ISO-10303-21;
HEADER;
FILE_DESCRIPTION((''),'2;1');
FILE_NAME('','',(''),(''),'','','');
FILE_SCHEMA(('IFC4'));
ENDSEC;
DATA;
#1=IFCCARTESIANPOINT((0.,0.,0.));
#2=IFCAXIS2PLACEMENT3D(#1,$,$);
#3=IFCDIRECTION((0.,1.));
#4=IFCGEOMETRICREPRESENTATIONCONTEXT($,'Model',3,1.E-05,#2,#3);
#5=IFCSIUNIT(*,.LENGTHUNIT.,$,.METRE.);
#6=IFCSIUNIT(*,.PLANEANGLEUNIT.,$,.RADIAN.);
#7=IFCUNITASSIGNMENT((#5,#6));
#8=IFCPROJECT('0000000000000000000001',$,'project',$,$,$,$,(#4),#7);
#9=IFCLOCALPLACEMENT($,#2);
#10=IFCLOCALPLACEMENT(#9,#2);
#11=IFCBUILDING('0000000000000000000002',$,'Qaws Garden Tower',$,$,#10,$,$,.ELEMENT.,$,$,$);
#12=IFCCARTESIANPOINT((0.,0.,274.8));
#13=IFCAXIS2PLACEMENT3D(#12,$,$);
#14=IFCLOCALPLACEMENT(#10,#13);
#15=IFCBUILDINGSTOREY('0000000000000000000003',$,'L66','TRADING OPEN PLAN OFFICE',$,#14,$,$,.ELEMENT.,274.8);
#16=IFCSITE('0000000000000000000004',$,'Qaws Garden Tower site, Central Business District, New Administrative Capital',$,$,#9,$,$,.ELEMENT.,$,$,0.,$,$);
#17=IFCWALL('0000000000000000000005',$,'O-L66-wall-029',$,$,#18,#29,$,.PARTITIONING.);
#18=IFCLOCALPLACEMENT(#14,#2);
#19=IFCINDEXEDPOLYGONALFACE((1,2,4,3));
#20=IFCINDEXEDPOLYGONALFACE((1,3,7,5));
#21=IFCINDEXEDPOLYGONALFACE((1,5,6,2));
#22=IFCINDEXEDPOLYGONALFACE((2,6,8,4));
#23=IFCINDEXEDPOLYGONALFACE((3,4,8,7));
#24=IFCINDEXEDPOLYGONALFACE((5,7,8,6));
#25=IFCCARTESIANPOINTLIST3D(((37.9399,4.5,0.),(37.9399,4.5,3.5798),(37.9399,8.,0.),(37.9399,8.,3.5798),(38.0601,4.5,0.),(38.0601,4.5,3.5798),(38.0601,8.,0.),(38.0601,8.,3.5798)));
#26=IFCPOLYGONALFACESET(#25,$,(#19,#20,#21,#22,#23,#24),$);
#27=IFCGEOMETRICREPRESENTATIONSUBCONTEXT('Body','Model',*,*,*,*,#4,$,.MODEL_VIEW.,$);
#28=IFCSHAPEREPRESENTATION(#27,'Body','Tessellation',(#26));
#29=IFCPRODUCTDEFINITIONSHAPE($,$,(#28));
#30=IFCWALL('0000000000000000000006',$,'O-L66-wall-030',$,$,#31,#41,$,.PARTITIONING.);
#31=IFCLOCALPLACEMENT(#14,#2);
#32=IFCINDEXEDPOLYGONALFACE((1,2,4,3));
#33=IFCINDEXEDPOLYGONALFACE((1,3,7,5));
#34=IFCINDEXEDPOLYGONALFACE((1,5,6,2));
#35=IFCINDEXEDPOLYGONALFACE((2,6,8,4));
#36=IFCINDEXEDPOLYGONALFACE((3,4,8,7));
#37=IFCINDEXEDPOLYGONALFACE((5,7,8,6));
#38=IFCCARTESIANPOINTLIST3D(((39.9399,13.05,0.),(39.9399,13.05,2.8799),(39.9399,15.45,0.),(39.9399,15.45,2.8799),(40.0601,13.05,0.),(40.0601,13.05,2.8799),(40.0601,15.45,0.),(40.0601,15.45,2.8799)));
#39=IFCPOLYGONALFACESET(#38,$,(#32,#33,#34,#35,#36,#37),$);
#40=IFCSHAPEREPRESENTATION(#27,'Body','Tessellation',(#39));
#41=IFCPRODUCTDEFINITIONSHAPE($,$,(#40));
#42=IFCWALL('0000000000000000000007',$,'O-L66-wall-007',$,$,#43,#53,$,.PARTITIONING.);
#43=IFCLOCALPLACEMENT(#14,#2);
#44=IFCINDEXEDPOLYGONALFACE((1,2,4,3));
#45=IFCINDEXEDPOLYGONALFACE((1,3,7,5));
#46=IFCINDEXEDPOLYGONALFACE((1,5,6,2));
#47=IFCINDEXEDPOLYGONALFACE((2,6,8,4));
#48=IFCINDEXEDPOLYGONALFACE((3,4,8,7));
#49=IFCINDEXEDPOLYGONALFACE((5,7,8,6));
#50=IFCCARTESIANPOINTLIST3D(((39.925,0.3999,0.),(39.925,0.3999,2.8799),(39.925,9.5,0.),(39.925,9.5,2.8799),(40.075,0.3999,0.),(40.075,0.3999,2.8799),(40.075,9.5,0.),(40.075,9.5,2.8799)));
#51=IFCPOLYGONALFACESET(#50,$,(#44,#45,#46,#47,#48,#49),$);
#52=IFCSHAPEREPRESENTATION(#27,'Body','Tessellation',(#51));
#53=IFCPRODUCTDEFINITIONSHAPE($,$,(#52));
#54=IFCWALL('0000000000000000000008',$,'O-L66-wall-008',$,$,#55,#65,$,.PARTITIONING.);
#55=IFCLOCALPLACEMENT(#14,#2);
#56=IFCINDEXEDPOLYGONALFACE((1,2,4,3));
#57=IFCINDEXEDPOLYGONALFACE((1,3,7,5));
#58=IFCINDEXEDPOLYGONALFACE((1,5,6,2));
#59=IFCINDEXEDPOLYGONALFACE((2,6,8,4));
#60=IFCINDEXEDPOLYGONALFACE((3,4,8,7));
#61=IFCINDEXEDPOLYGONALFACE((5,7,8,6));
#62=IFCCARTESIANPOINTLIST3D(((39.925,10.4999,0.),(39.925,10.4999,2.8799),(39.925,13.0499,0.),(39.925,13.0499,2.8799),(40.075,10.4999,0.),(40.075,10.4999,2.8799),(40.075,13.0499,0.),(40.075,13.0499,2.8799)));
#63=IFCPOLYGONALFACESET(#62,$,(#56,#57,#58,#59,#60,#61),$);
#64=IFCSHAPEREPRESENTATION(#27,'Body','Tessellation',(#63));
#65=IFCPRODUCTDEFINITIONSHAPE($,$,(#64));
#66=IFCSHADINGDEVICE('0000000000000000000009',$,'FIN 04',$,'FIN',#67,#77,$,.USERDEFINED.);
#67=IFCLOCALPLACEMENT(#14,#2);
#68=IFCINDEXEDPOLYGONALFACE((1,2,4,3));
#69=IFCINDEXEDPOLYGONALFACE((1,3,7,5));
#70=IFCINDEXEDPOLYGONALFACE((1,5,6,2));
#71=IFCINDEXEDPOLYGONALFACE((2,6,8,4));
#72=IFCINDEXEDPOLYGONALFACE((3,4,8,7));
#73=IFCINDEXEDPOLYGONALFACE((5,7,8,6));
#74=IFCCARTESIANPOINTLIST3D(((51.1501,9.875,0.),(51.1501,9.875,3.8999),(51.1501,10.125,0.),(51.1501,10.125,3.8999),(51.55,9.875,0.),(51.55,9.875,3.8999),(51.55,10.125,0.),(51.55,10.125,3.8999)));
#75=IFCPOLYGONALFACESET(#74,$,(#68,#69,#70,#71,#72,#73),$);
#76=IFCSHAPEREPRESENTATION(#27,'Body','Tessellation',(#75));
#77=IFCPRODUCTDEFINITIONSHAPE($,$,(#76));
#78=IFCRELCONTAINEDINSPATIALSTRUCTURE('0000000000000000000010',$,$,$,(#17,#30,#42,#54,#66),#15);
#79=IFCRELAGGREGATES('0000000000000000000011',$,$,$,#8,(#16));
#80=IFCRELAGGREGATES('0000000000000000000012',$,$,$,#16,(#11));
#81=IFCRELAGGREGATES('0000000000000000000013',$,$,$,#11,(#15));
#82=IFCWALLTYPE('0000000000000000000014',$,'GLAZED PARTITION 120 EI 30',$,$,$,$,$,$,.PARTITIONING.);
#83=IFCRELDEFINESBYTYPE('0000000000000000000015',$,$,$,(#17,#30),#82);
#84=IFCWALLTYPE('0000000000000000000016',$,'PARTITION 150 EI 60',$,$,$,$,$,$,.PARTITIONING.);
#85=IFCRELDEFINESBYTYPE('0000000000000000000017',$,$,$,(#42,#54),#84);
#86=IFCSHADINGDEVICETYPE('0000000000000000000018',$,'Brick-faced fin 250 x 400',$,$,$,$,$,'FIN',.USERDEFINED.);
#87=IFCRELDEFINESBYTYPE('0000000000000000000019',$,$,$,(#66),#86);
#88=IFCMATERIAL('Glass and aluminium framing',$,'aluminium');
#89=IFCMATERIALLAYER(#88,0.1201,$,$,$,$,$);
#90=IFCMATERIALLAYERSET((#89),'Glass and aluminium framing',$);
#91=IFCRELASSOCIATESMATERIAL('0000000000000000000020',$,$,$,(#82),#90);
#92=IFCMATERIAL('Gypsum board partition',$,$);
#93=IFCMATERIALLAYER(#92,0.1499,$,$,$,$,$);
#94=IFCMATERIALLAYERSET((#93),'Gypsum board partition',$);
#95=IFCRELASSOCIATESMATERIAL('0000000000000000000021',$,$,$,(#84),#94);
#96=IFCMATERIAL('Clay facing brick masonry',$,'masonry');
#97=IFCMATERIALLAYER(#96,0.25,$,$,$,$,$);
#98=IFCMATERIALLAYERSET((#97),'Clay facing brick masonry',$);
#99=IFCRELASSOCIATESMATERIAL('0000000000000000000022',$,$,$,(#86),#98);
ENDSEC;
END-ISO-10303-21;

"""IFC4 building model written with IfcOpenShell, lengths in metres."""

from ifc_helpers import new_model, si_unit, direction, frame, frame_2d, origin, origin_2d, place, context, subcontext, project, spatial, rectangle, extrude, material, layer, layer_set, type_object, element, save


model = new_model("IFC4")

# Units and contexts
model_context = context("Model", 3, precision=1e-05, world=origin(), true_north=direction((0.0, 1.0)))
body_context = subcontext(model_context, "Body", "Model", "MODEL_VIEW")
ifc_project = project(units=[si_unit("LENGTHUNIT", "METRE"), si_unit("PLANEANGLEUNIT", "RADIAN")], contexts=[model_context])

# Site, building, storey
site_placement = place(None, origin())
site = spatial("IfcSite", under=ifc_project, at=site_placement, Name="Qaws Garden Tower site, Central Business District, New Administrative Capital", CompositionType="ELEMENT", RefElevation=0.0)
building_placement = place(site_placement, origin())
building = spatial("IfcBuilding", under=site, at=building_placement, Name="Qaws Garden Tower", CompositionType="ELEMENT")
storey_placement = place(building_placement, frame((0.0, 0.0, 274.8)))
storey = spatial("IfcBuildingStorey", under=building, at=storey_placement, Name="L66", Description="TRADING OPEN PLAN OFFICE", CompositionType="ELEMENT", Elevation=274.8)

# Walls
ifc_material_1 = material(Name="Glass and aluminium framing", Category="aluminium")
ifc_layer_1 = layer(ifc_material_1, 0.1201)
ifc_layer_set_1 = layer_set([ifc_layer_1], Name="Glass and aluminium framing")
wall_type_1 = type_object("IfcWallType", Name="GLAZED PARTITION 120 EI 30", PredefinedType="PARTITIONING", material=ifc_layer_set_1)
wall_1_placement = place(storey_placement, frame((38.0, 4.5, 0.0), z_axis=(0.0, 0.0, 1.0), x_axis=(0.0, 1.0, 0.0)))
element("IfcWall", 1, at=wall_1_placement, inside=storey, type_object=wall_type_1, Name="O-L66-wall-029", PredefinedType="PARTITIONING", context=body_context, shape_type="SweptSolid", body=[
    extrude(rectangle(XDim=3.5, YDim=0.1201, at=frame_2d((1.75, 0.0))), origin(), (0.0, 0.0, 1.0), 3.5798),
])
wall_2_placement = place(storey_placement, frame((40.0, 13.05, 0.0), z_axis=(0.0, 0.0, 1.0), x_axis=(0.0, 1.0, 0.0)))
element("IfcWall", 2, at=wall_2_placement, inside=storey, type_object=wall_type_1, Name="O-L66-wall-030", PredefinedType="PARTITIONING", context=body_context, shape_type="SweptSolid", body=[
    extrude(rectangle(XDim=2.3999, YDim=0.1201, at=frame_2d((1.2, 0.0))), origin(), (0.0, 0.0, 1.0), 2.8799),
])
ifc_material_2 = material(Name="Gypsum board partition")
ifc_layer_2 = layer(ifc_material_2, 0.1499)
ifc_layer_set_2 = layer_set([ifc_layer_2], Name="Gypsum board partition")
wall_type_2 = type_object("IfcWallType", Name="PARTITION 150 EI 60", PredefinedType="PARTITIONING", material=ifc_layer_set_2)
wall_3_placement = place(storey_placement, frame((40.0, 0.3999, 0.0), z_axis=(0.0, 0.0, 1.0), x_axis=(0.0, 1.0, 0.0)))
element("IfcWall", 3, at=wall_3_placement, inside=storey, type_object=wall_type_2, Name="O-L66-wall-007", PredefinedType="PARTITIONING", context=body_context, shape_type="SweptSolid", body=[
    extrude(rectangle(XDim=9.1001, YDim=0.1499, at=frame_2d((4.55, 0.0))), origin(), (0.0, 0.0, 1.0), 2.8799),
])
wall_4_placement = place(storey_placement, frame((40.0, 10.5, 0.0), z_axis=(0.0, 0.0, 1.0), x_axis=(0.0, 1.0, 0.0)))
element("IfcWall", 4, at=wall_4_placement, inside=storey, type_object=wall_type_2, Name="O-L66-wall-008", PredefinedType="PARTITIONING", context=body_context, shape_type="SweptSolid", body=[
    extrude(rectangle(XDim=2.55, YDim=0.1499, at=frame_2d((1.2749, 0.0))), origin(), (0.0, 0.0, 1.0), 2.8799),
])

# Shading device
ifc_material_3 = material(Name="Clay facing brick masonry", Category="masonry")
ifc_layer_3 = layer(ifc_material_3, 0.25)
ifc_layer_set_3 = layer_set([ifc_layer_3], Name="Clay facing brick masonry")
shading_device_type = type_object("IfcShadingDeviceType", Name="Brick-faced fin 250 x 400", ElementType="FIN", PredefinedType="USERDEFINED", material=ifc_layer_set_3)
shading_device_placement = place(storey_placement, frame((51.3501, 10.0, 0.0), z_axis=(0.0, 0.0, 1.0), x_axis=(0.0, 1.0, 0.0)))
element("IfcShadingDevice", 5, at=shading_device_placement, inside=storey, type_object=shading_device_type, Name="FIN 04", ObjectType="FIN", PredefinedType="USERDEFINED", context=body_context, shape_type="SweptSolid", body=[
    extrude(rectangle(XDim=0.25, YDim=0.3999, at=origin_2d()), origin(), (0.0, 0.0, 1.0), 3.8999),
])

save(model, "model.ifc")
